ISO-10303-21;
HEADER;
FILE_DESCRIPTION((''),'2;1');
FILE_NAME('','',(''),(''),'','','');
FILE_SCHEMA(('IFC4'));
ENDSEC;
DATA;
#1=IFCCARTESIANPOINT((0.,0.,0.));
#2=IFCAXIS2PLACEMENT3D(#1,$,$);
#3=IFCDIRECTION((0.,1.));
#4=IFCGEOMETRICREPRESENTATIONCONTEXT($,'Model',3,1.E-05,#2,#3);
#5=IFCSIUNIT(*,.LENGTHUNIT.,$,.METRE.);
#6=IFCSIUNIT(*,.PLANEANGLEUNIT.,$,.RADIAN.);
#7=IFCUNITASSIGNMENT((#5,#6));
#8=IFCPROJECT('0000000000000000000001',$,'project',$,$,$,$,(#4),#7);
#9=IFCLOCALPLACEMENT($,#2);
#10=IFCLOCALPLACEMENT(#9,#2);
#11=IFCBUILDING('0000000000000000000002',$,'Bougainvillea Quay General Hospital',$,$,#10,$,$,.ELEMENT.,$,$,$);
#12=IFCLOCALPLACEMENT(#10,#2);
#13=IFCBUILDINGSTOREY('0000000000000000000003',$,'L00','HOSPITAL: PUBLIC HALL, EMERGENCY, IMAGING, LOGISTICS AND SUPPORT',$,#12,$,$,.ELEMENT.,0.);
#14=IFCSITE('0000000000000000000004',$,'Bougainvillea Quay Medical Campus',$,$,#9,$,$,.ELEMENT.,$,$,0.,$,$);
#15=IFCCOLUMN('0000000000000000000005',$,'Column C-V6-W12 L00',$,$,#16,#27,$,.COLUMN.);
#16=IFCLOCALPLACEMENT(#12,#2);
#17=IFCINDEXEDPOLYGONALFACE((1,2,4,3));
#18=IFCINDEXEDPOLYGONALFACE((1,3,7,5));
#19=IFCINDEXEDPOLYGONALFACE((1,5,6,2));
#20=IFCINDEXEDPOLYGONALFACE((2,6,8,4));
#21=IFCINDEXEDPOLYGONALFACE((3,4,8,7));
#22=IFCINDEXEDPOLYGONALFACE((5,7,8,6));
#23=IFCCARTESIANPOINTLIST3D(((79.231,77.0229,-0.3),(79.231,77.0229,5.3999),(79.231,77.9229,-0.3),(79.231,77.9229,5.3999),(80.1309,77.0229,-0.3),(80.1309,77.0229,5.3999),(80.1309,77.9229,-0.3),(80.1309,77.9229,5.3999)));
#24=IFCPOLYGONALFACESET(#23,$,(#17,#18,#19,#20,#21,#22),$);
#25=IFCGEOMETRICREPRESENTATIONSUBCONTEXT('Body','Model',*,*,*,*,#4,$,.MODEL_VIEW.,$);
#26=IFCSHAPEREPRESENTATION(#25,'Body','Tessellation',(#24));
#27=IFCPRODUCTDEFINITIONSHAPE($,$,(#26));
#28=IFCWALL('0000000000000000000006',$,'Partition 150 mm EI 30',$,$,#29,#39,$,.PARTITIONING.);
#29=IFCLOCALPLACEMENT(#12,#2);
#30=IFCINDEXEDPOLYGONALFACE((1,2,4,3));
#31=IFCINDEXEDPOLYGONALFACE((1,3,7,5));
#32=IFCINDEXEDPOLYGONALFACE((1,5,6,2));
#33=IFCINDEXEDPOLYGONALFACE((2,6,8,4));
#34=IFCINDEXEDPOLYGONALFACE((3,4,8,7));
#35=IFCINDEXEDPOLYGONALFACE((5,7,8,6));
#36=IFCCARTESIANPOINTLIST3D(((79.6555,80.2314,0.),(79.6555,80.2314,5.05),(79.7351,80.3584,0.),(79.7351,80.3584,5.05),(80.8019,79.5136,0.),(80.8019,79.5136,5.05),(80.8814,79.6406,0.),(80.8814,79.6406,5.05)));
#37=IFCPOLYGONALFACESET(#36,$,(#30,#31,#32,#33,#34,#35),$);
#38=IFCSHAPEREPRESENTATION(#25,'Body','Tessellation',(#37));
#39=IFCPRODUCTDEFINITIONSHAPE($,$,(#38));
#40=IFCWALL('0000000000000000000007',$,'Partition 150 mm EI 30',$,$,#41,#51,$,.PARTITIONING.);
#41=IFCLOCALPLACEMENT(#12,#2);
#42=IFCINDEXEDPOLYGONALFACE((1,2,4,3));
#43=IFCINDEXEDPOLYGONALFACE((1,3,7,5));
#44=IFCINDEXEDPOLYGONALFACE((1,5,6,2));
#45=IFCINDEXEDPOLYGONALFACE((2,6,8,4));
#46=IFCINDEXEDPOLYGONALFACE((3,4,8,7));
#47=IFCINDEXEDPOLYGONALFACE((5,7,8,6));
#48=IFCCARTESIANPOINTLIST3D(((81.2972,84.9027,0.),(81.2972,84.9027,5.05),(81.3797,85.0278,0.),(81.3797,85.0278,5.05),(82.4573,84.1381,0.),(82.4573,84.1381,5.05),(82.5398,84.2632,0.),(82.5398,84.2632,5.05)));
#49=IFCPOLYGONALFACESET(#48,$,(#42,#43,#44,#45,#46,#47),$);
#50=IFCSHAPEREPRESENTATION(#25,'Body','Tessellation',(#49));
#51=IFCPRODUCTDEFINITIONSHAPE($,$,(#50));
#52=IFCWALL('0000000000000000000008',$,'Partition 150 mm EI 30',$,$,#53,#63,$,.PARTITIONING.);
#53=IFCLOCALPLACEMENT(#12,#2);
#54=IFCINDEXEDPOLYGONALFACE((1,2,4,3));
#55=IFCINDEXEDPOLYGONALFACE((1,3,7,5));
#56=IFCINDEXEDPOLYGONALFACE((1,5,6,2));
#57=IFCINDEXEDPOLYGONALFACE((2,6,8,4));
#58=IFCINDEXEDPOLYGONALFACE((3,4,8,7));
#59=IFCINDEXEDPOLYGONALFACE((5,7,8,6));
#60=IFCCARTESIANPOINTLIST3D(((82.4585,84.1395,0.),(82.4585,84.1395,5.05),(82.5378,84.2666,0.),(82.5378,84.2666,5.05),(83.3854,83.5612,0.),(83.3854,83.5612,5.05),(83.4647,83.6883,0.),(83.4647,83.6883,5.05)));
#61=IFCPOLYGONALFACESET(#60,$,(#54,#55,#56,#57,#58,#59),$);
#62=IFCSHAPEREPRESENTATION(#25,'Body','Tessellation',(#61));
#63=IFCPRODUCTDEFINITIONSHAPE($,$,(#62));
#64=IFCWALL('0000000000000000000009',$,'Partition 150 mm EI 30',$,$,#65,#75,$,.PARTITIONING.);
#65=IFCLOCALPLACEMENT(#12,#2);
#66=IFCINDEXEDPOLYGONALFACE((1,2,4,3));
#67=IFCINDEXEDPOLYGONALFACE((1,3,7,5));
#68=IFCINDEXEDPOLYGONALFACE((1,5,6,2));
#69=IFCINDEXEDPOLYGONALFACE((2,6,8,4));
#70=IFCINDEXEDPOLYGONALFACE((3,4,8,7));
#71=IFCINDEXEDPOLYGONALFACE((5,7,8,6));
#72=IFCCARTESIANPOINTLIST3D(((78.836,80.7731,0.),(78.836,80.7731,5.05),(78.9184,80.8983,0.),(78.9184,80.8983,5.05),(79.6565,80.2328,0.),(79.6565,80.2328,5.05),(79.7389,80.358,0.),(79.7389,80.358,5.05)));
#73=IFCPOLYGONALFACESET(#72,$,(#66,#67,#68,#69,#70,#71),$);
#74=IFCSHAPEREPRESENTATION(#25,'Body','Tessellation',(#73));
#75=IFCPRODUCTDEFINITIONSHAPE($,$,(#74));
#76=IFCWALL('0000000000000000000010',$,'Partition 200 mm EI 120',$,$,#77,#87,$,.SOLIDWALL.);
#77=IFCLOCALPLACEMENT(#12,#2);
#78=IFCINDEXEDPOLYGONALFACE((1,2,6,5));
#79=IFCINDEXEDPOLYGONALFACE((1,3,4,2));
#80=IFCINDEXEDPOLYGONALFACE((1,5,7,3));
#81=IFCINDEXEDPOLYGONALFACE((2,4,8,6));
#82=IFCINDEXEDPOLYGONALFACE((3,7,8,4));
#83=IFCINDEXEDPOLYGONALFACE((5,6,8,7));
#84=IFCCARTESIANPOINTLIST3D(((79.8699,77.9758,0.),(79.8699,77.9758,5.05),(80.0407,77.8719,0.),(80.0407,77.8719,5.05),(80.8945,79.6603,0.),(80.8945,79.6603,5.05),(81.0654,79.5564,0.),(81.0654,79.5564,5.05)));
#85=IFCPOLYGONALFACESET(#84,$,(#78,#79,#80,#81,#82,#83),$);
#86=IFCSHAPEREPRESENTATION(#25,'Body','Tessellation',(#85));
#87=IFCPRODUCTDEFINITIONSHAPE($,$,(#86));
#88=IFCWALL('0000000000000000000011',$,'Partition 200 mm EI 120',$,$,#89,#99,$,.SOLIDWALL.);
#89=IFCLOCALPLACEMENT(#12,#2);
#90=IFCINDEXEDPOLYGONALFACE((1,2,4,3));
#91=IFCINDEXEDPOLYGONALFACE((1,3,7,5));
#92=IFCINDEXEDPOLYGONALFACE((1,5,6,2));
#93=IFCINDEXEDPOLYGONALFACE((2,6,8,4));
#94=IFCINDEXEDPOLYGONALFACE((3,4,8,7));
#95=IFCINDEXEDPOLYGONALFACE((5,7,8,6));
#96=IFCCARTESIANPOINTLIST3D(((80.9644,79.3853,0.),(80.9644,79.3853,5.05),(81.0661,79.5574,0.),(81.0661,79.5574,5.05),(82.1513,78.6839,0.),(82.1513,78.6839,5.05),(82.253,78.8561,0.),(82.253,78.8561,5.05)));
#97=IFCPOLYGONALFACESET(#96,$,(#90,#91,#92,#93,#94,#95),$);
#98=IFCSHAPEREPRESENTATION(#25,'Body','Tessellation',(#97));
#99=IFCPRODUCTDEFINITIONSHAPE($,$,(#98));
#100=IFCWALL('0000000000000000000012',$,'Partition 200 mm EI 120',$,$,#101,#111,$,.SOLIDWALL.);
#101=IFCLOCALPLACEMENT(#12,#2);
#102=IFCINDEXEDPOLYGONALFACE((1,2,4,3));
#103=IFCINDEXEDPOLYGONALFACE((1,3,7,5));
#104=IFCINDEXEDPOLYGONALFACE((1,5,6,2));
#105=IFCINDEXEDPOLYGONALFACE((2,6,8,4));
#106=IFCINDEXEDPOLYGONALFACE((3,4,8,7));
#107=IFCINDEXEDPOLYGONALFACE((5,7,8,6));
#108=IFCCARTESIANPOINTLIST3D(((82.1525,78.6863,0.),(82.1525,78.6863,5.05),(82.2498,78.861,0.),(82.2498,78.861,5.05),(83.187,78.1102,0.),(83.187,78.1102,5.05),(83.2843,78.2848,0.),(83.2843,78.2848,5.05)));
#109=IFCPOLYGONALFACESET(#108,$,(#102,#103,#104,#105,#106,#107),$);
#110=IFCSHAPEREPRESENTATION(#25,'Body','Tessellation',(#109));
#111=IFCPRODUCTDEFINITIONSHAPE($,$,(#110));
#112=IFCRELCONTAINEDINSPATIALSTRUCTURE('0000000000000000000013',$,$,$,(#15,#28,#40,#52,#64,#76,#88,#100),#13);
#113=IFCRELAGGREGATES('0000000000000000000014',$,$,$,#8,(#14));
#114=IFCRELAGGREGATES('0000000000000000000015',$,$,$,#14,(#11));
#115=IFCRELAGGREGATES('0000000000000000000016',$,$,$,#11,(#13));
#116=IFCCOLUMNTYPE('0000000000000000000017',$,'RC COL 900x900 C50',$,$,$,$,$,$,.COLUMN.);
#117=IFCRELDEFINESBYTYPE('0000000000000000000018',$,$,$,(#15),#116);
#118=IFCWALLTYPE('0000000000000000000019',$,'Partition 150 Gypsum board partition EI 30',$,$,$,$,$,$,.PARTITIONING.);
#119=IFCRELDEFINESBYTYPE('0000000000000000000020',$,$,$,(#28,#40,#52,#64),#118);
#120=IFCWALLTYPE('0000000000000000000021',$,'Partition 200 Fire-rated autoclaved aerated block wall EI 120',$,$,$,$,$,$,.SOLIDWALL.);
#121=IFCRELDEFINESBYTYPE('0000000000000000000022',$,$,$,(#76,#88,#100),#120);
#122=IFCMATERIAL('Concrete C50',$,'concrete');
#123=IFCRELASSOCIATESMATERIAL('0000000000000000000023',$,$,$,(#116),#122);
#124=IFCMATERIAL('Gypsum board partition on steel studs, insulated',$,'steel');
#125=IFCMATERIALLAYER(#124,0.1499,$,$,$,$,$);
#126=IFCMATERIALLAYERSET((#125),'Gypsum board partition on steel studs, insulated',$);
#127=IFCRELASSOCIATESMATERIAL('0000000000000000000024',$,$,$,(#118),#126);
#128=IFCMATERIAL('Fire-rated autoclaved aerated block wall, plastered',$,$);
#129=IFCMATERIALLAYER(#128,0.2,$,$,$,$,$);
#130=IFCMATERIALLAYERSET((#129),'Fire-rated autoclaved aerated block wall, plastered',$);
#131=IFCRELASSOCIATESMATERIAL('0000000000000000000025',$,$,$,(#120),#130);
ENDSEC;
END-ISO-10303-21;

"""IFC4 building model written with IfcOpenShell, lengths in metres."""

from ifc_helpers import new_model, si_unit, direction, frame, frame_2d, origin, origin_2d, place, context, subcontext, project, spatial, rectangle, extrude, material, layer, layer_set, material_profile, profile_set, type_object, element, save


model = new_model("IFC4")

# Units and contexts
model_context = context("Model", 3, precision=1e-05, world=origin(), true_north=direction((0.0, 1.0)))
body_context = subcontext(model_context, "Body", "Model", "MODEL_VIEW")
ifc_project = project(units=[si_unit("LENGTHUNIT", "METRE"), si_unit("PLANEANGLEUNIT", "RADIAN")], contexts=[model_context])

# Site, building, storey
site_placement = place(None, origin())
site = spatial("IfcSite", under=ifc_project, at=site_placement, Name="Bougainvillea Quay Medical Campus", CompositionType="ELEMENT", RefElevation=0.0)
building_placement = place(site_placement, origin())
building = spatial("IfcBuilding", under=site, at=building_placement, Name="Bougainvillea Quay General Hospital", CompositionType="ELEMENT")
storey_placement = place(building_placement, origin())
storey = spatial("IfcBuildingStorey", under=building, at=storey_placement, Name="L00", Description="HOSPITAL: PUBLIC HALL, EMERGENCY, IMAGING, LOGISTICS AND SUPPORT", CompositionType="ELEMENT", Elevation=0.0)

# Column
ifc_material_1 = material(Name="Concrete C50", Category="concrete")
ifc_material_profile = material_profile(ifc_material_1, rectangle(XDim=0.8999, YDim=0.8999, at=origin_2d()))
ifc_profile_set = profile_set([ifc_material_profile], Name="Concrete C50")
column_type = type_object("IfcColumnType", Name="RC COL 900x900 C50", PredefinedType="COLUMN", material=ifc_profile_set)
column_placement = place(storey_placement, frame((79.6809, 77.4729, -0.3), z_axis=(0.0, 0.0, 1.0), x_axis=(1.0, 0.0, 0.0)))
element("IfcColumn", 1, at=column_placement, inside=storey, type_object=column_type, Name="Column C-V6-W12 L00", PredefinedType="COLUMN", context=body_context, shape_type="SweptSolid", body=[
    extrude(rectangle(XDim=0.8999, YDim=0.8999, at=origin_2d()), origin(), (0.0, 0.0, 1.0), 5.7),
])

# Walls
ifc_material_2 = material(Name="Gypsum board partition on steel studs, insulated", Category="steel")
ifc_layer_1 = layer(ifc_material_2, 0.1499)
ifc_layer_set_1 = layer_set([ifc_layer_1], Name="Gypsum board partition on steel studs, insulated")
wall_type_1 = type_object("IfcWallType", Name="Partition 150 Gypsum board partition EI 30", PredefinedType="PARTITIONING", material=ifc_layer_set_1)
wall_1_placement = place(storey_placement, frame((79.6953, 80.2949, 0.0), z_axis=(0.0, 0.0, 1.0), x_axis=(0.847542, -0.530729, 0.0)))
element("IfcWall", 2, at=wall_1_placement, inside=storey, type_object=wall_type_1, Name="Partition 150 mm EI 30", PredefinedType="PARTITIONING", context=body_context, shape_type="SweptSolid", body=[
    extrude(rectangle(XDim=1.3525, YDim=0.1499, at=frame_2d((0.6763, 0.0))), origin(), (0.0, 0.0, 1.0), 5.05),
])
wall_2_placement = place(storey_placement, frame((81.3384, 84.9653, 0.0), z_axis=(0.0, 0.0, 1.0), x_axis=(0.834958, -0.550313, 0.0)))
element("IfcWall", 3, at=wall_2_placement, inside=storey, type_object=wall_type_1, Name="Partition 150 mm EI 30", PredefinedType="PARTITIONING", context=body_context, shape_type="SweptSolid", body=[
    extrude(rectangle(XDim=1.3894, YDim=0.1499, at=frame_2d((0.6948, 0.0))), origin(), (0.0, 0.0, 1.0), 5.05),
])
wall_3_placement = place(storey_placement, frame((82.498, 84.2031, 0.0), z_axis=(0.0, 0.0, 1.0), x_axis=(0.848412, -0.529336, 0.0)))
element("IfcWall", 4, at=wall_3_placement, inside=storey, type_object=wall_type_1, Name="Partition 150 mm EI 30", PredefinedType="PARTITIONING", context=body_context, shape_type="SweptSolid", body=[
    extrude(rectangle(XDim=1.0925, YDim=0.1499, at=frame_2d((0.5464, 0.0))), origin(), (0.0, 0.0, 1.0), 5.05),
])
wall_4_placement = place(storey_placement, frame((78.8772, 80.8357, 0.0), z_axis=(0.0, 0.0, 1.0), x_axis=(0.83521, -0.549931, 0.0)))
element("IfcWall", 5, at=wall_4_placement, inside=storey, type_object=wall_type_1, Name="Partition 150 mm EI 30", PredefinedType="PARTITIONING", context=body_context, shape_type="SweptSolid", body=[
    extrude(rectangle(XDim=0.9824, YDim=0.1499, at=frame_2d((0.4912, 0.0))), origin(), (0.0, 0.0, 1.0), 5.05),
])
ifc_material_3 = material(Name="Fire-rated autoclaved aerated block wall, plastered")
ifc_layer_2 = layer(ifc_material_3, 0.2)
ifc_layer_set_2 = layer_set([ifc_layer_2], Name="Fire-rated autoclaved aerated block wall, plastered")
wall_type_2 = type_object("IfcWallType", Name="Partition 200 Fire-rated autoclaved aerated block wall EI 120", PredefinedType="SOLIDWALL", material=ifc_layer_set_2)
wall_5_placement = place(storey_placement, frame((79.9553, 77.9238, 0.0), z_axis=(0.0, 0.0, 1.0), x_axis=(0.519676, 0.854363, 0.0)))
element("IfcWall", 6, at=wall_5_placement, inside=storey, type_object=wall_type_2, Name="Partition 200 mm EI 120", PredefinedType="SOLIDWALL", context=body_context, shape_type="SweptSolid", body=[
    extrude(rectangle(XDim=1.9717, YDim=0.2, at=frame_2d((0.9858, 0.0))), origin(), (0.0, 0.0, 1.0), 5.05),
])
wall_6_placement = place(storey_placement, frame((81.0151, 79.4714, 0.0), z_axis=(0.0, 0.0, 1.0), x_axis=(0.860927, -0.508729, 0.0)))
element("IfcWall", 7, at=wall_6_placement, inside=storey, type_object=wall_type_2, Name="Partition 200 mm EI 120", PredefinedType="SOLIDWALL", context=body_context, shape_type="SweptSolid", body=[
    extrude(rectangle(XDim=1.3787, YDim=0.2, at=frame_2d((0.6895, 0.0))), origin(), (0.0, 0.0, 1.0), 5.05),
])
wall_7_placement = place(storey_placement, frame((82.2012, 78.7737, 0.0), z_axis=(0.0, 0.0, 1.0), x_axis=(0.873622, -0.486605, 0.0)))
element("IfcWall", 8, at=wall_7_placement, inside=storey, type_object=wall_type_2, Name="Partition 200 mm EI 120", PredefinedType="SOLIDWALL", context=body_context, shape_type="SweptSolid", body=[
    extrude(rectangle(XDim=1.1841, YDim=0.2, at=frame_2d((0.592, 0.0))), origin(), (0.0, 0.0, 1.0), 5.05),
])

save(model, "model.ifc")
